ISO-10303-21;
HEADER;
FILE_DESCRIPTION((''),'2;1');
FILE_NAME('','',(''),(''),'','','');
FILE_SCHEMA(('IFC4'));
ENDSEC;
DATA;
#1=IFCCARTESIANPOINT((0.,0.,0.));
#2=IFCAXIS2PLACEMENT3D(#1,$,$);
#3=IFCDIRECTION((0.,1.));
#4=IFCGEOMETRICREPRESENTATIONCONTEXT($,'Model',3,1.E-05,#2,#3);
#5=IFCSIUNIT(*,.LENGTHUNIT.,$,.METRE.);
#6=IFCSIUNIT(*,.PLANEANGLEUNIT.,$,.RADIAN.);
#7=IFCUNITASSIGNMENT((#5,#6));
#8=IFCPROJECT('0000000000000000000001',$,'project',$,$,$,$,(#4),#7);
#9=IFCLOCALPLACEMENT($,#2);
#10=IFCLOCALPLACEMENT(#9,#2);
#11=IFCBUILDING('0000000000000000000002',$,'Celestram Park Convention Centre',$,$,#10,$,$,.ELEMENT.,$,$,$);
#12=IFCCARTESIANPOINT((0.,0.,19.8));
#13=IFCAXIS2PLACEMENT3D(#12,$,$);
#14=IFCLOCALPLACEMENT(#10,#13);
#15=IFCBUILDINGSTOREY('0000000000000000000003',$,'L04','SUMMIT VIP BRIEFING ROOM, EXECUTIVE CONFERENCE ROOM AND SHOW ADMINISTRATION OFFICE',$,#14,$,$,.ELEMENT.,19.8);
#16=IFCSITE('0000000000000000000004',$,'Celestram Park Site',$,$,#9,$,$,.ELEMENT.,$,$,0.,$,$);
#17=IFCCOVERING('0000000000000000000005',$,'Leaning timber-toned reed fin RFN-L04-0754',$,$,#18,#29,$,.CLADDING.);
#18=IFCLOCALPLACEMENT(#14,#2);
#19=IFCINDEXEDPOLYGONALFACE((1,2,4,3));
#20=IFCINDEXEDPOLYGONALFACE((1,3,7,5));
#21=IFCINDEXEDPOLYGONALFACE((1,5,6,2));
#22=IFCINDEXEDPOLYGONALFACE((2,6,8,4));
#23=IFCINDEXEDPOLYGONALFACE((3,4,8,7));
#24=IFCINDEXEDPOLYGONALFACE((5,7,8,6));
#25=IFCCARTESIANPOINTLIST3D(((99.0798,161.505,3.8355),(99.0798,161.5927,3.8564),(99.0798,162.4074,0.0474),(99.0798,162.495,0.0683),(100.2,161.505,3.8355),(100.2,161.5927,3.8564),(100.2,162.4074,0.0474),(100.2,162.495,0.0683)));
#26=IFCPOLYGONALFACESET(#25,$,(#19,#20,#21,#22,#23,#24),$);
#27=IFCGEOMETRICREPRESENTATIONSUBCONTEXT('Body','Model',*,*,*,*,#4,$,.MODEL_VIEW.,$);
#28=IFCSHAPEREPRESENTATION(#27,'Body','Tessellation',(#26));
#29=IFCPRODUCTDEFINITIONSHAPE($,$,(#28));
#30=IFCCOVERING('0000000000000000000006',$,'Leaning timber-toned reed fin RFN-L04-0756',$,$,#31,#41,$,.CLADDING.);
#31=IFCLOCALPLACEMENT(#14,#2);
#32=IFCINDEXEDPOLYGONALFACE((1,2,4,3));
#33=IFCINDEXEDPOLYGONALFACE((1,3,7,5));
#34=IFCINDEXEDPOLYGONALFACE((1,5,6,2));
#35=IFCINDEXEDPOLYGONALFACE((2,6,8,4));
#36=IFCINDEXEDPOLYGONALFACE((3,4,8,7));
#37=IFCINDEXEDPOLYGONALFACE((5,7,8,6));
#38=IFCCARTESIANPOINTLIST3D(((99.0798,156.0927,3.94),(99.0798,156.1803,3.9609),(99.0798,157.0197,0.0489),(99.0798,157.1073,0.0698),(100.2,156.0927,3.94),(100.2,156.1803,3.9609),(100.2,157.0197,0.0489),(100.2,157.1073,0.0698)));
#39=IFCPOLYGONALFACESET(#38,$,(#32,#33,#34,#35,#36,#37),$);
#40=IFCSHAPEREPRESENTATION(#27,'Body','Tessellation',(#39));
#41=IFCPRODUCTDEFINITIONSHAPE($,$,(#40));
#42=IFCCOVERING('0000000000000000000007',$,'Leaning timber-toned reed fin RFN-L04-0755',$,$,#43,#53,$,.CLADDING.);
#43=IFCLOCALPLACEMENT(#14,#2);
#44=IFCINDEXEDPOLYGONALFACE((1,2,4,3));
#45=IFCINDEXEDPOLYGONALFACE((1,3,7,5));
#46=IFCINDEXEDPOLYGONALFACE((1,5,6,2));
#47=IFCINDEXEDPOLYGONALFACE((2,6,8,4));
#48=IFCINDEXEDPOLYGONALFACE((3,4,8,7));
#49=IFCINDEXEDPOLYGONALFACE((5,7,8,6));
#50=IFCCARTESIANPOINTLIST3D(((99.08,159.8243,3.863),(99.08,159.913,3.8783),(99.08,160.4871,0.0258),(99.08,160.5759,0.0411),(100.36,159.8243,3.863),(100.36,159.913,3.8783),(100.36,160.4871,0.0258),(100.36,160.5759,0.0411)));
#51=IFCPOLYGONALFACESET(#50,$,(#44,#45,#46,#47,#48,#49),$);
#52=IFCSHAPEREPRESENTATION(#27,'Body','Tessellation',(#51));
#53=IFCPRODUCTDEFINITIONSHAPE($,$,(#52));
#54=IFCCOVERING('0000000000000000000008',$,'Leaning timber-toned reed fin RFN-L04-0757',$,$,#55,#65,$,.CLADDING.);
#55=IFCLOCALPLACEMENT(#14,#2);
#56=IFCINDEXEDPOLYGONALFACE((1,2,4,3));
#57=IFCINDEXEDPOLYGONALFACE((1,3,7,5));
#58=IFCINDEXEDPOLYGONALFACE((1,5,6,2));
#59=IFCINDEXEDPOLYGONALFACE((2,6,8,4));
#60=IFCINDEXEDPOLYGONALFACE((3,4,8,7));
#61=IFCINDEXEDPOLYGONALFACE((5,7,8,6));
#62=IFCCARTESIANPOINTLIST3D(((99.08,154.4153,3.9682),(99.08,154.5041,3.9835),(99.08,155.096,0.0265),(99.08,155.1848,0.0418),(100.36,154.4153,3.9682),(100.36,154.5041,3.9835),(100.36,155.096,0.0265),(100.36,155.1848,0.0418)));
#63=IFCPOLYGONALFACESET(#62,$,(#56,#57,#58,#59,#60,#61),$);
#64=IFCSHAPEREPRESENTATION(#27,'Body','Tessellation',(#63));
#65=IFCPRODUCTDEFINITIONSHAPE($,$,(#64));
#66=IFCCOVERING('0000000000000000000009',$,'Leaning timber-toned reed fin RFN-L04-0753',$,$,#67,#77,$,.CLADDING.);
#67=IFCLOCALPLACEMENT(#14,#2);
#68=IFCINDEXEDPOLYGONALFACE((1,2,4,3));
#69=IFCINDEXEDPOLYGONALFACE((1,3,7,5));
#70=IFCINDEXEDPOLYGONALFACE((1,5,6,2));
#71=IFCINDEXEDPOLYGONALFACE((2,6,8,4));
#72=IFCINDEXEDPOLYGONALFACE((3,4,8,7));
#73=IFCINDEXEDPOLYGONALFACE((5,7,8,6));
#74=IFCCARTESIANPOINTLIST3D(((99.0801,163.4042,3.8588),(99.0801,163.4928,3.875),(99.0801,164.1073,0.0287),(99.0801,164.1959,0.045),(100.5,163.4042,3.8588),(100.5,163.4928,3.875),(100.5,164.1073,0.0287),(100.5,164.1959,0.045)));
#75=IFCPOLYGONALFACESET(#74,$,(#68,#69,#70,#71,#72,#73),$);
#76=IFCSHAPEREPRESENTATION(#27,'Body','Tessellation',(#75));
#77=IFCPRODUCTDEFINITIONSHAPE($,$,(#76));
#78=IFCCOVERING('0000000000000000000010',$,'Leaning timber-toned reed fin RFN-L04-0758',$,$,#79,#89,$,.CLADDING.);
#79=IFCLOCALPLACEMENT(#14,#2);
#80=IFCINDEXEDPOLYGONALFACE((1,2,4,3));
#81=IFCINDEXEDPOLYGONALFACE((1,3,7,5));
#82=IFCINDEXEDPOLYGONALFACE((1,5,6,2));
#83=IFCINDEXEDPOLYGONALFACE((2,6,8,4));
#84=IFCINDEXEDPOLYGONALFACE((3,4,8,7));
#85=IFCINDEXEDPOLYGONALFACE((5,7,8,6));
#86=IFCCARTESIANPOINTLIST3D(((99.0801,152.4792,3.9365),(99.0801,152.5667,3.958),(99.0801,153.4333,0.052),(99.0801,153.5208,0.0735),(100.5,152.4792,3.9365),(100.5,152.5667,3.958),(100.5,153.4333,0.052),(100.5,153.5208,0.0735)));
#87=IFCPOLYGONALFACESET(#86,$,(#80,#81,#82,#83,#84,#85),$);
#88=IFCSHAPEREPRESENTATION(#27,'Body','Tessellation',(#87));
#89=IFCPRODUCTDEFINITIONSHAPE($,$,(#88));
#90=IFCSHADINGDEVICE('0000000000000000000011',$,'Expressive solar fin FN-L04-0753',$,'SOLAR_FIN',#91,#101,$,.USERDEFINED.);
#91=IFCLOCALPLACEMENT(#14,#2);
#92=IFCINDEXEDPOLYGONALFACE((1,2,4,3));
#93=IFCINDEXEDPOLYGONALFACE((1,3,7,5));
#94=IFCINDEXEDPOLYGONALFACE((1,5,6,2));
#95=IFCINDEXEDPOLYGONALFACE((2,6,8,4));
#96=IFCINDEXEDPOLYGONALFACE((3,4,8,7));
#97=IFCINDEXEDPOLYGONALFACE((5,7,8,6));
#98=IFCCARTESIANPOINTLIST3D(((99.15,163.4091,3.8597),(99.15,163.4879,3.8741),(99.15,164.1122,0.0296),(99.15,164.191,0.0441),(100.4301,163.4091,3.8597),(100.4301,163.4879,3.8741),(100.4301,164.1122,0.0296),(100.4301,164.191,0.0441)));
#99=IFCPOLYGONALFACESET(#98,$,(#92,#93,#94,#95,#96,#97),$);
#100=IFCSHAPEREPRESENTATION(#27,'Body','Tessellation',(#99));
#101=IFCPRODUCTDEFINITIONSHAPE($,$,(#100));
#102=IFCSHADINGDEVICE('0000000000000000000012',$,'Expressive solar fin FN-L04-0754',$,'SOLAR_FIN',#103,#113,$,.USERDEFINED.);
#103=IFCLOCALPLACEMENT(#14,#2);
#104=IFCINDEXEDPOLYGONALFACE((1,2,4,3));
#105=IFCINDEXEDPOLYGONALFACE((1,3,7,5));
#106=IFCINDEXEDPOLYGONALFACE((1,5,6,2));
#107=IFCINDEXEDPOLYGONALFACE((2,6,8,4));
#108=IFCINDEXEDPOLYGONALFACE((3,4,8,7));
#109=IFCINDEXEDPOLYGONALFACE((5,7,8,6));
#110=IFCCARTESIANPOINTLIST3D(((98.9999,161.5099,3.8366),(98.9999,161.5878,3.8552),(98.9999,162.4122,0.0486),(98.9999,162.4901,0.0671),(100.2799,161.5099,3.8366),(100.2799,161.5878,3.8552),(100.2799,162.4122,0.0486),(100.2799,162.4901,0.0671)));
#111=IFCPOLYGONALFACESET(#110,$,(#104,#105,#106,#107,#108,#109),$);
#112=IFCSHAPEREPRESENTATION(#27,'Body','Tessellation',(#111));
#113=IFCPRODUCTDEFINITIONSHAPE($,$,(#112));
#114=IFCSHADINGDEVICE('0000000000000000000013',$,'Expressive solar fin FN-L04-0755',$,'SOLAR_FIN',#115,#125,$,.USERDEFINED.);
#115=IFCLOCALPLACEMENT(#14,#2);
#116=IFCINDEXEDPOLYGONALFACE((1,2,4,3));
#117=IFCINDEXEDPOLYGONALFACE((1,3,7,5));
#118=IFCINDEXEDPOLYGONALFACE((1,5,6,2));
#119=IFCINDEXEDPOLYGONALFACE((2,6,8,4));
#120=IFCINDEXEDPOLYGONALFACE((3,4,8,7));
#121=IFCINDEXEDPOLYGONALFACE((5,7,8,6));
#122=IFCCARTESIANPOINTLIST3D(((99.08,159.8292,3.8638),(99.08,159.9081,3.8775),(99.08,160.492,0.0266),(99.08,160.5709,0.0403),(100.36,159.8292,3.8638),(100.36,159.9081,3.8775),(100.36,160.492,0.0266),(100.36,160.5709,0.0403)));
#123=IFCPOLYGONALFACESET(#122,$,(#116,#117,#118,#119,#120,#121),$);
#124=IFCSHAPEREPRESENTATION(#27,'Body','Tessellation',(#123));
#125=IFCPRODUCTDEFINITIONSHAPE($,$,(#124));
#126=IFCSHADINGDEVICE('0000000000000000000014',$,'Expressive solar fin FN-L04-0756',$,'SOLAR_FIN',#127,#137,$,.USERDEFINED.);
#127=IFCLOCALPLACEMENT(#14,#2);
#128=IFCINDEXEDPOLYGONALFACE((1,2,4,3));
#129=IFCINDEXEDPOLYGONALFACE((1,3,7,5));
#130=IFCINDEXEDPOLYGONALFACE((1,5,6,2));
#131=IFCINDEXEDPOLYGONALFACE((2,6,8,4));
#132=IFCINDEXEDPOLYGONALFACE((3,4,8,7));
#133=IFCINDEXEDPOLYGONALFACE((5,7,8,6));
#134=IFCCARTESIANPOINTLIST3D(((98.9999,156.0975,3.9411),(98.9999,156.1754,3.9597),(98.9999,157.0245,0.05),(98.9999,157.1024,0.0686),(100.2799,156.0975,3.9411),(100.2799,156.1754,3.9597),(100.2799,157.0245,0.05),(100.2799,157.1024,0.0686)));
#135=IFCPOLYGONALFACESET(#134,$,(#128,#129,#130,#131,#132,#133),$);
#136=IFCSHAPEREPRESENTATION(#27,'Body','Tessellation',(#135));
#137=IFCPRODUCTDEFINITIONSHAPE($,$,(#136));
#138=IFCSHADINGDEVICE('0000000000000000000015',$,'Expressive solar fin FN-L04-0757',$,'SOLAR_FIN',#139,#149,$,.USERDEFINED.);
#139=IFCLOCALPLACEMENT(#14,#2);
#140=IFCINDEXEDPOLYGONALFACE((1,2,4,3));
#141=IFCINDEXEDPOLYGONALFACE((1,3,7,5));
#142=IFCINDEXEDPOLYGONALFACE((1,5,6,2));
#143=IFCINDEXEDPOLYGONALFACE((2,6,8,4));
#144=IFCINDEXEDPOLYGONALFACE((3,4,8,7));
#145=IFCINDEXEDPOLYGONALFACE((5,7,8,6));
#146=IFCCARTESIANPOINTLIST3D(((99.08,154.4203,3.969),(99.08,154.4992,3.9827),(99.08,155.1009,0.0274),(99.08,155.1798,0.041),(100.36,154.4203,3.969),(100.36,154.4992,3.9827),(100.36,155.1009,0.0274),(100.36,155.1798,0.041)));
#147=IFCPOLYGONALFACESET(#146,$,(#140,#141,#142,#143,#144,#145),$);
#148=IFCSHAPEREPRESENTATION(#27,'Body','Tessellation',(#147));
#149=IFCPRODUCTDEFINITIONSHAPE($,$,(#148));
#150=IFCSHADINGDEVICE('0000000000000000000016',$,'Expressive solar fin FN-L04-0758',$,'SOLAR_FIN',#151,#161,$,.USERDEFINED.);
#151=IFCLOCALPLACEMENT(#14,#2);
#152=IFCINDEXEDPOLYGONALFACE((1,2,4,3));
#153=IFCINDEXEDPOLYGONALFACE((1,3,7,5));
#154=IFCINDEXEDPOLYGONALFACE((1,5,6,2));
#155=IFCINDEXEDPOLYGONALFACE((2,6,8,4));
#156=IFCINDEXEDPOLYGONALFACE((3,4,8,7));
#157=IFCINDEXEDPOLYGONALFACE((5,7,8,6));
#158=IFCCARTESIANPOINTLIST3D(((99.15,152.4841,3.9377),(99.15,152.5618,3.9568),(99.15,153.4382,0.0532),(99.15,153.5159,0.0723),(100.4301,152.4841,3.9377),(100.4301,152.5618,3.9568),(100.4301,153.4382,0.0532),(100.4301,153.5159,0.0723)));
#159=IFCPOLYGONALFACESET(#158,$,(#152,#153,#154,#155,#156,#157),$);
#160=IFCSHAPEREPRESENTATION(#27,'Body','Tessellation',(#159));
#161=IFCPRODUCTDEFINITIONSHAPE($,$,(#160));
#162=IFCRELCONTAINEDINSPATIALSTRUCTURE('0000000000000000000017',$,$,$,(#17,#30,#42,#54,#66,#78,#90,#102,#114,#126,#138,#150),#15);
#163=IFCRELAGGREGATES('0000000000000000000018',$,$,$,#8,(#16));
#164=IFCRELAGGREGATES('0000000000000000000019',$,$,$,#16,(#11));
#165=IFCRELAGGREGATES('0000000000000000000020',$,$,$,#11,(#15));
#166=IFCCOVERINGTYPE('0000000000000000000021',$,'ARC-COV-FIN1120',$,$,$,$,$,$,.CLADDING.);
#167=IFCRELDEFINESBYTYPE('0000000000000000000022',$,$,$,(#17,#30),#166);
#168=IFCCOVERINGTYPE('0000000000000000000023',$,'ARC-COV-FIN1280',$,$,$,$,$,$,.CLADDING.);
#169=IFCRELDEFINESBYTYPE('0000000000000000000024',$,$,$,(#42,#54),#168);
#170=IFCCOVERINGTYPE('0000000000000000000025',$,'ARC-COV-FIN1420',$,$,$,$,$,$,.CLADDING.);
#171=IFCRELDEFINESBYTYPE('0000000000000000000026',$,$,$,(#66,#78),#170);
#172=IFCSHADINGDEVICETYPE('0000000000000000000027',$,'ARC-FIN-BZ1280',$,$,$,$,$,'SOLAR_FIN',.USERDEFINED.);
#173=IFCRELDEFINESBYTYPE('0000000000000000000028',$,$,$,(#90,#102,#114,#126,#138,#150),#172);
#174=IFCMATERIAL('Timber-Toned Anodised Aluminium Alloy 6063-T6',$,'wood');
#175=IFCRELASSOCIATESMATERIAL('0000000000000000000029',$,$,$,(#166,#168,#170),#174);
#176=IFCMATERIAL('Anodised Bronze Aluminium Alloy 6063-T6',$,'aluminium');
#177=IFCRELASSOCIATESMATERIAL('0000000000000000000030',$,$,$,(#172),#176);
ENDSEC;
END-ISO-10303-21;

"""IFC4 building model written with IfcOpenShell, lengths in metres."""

from ifc_helpers import new_model, si_unit, direction, frame, origin, origin_2d, place, context, subcontext, project, spatial, rectangle, extrude, material, material_profile, profile_set, type_object, element, save


model = new_model("IFC4")

# Units and contexts
model_context = context("Model", 3, precision=1e-05, world=origin(), true_north=direction((0.0, 1.0)))
body_context = subcontext(model_context, "Body", "Model", "MODEL_VIEW")
ifc_project = project(units=[si_unit("LENGTHUNIT", "METRE"), si_unit("PLANEANGLEUNIT", "RADIAN")], contexts=[model_context])

# Site, building, storey
site_placement = place(None, origin())
site = spatial("IfcSite", under=ifc_project, at=site_placement, Name="Celestram Park Site", CompositionType="ELEMENT", RefElevation=0.0)
building_placement = place(site_placement, origin())
building = spatial("IfcBuilding", under=site, at=building_placement, Name="Celestram Park Convention Centre", CompositionType="ELEMENT")
storey_placement = place(building_placement, frame((0.0, 0.0, 19.8)))
storey = spatial("IfcBuildingStorey", under=building, at=storey_placement, Name="L04", Description="SUMMIT VIP BRIEFING ROOM, EXECUTIVE CONFERENCE ROOM AND SHOW ADMINISTRATION OFFICE", CompositionType="ELEMENT", Elevation=19.8)

# Coverings
ifc_material_1 = material(Name="Timber-Toned Anodised Aluminium Alloy 6063-T6", Category="wood")
ifc_material_profile_1 = material_profile(ifc_material_1, rectangle(XDim=1.1201, YDim=0.0901, at=origin_2d()), Name="REED1120X90")
ifc_profile_set_1 = profile_set([ifc_material_profile_1], Name="Timber-Toned Anodised Aluminium Alloy 6063-T6")
covering_type_1 = type_object("IfcCoveringType", Name="ARC-COV-FIN1120", PredefinedType="CLADDING", material=ifc_profile_set_1)
covering_1_placement = place(storey_placement, frame((99.6399, 162.4512, 0.0579), z_axis=(0.0, -0.231722, 0.972782), x_axis=(1.0, 0.0, 0.0)))
element("IfcCovering", 1, at=covering_1_placement, inside=storey, type_object=covering_type_1, Name="Leaning timber-toned reed fin RFN-L04-0754", PredefinedType="CLADDING", context=body_context, shape_type="SweptSolid", body=[
    extrude(rectangle(XDim=1.1201, YDim=0.0901, at=origin_2d()), origin(), (0.0, 0.0, 1.0), 3.894),
])
covering_2_placement = place(storey_placement, frame((99.6399, 157.0635, 0.0593), z_axis=(0.0, -0.23175, 0.972775), x_axis=(1.0, 0.0, 0.0)))
element("IfcCovering", 2, at=covering_2_placement, inside=storey, type_object=covering_type_1, Name="Leaning timber-toned reed fin RFN-L04-0756", PredefinedType="CLADDING", context=body_context, shape_type="SweptSolid", body=[
    extrude(rectangle(XDim=1.1201, YDim=0.0901, at=origin_2d()), origin(), (0.0, 0.0, 1.0), 4.0),
])
ifc_material_profile_2 = material_profile(ifc_material_1, rectangle(XDim=1.28, YDim=0.0901, at=origin_2d()), Name="REED1280X90")
ifc_profile_set_2 = profile_set([ifc_material_profile_2], Name="Timber-Toned Anodised Aluminium Alloy 6063-T6")
covering_type_2 = type_object("IfcCoveringType", Name="ARC-COV-FIN1280", PredefinedType="CLADDING", material=ifc_profile_set_2)
covering_3_placement = place(storey_placement, frame((99.72, 160.5315, 0.0334), z_axis=(0.0, -0.170222, 0.985406), x_axis=(1.0, 0.0, 0.0)))
element("IfcCovering", 3, at=covering_3_placement, inside=storey, type_object=covering_type_2, Name="Leaning timber-toned reed fin RFN-L04-0755", PredefinedType="CLADDING", context=body_context, shape_type="SweptSolid", body=[
    extrude(rectangle(XDim=1.28, YDim=0.0901, at=origin_2d()), origin(), (0.0, 0.0, 1.0), 3.894),
])
covering_4_placement = place(storey_placement, frame((99.72, 155.1404, 0.0342), z_axis=(0.0, -0.170166, 0.985415), x_axis=(1.0, 0.0, 0.0)))
element("IfcCovering", 4, at=covering_4_placement, inside=storey, type_object=covering_type_2, Name="Leaning timber-toned reed fin RFN-L04-0757", PredefinedType="CLADDING", context=body_context, shape_type="SweptSolid", body=[
    extrude(rectangle(XDim=1.28, YDim=0.0901, at=origin_2d()), origin(), (0.0, 0.0, 1.0), 4.0),
])
ifc_material_profile_3 = material_profile(ifc_material_1, rectangle(XDim=1.4199, YDim=0.0901, at=origin_2d()), Name="REED1420X90")
ifc_profile_set_3 = profile_set([ifc_material_profile_3], Name="Timber-Toned Anodised Aluminium Alloy 6063-T6")
covering_type_3 = type_object("IfcCoveringType", Name="ARC-COV-FIN1420", PredefinedType="CLADDING", material=ifc_profile_set_3)
covering_5_placement = place(storey_placement, frame((99.79, 164.1516, 0.0369), z_axis=(0.0, -0.180562, 0.983564), x_axis=(1.0, 0.0, 0.0)))
element("IfcCovering", 5, at=covering_5_placement, inside=storey, type_object=covering_type_3, Name="Leaning timber-toned reed fin RFN-L04-0753", PredefinedType="CLADDING", context=body_context, shape_type="SweptSolid", body=[
    extrude(rectangle(XDim=1.4199, YDim=0.0901, at=origin_2d()), origin(), (0.0, 0.0, 1.0), 3.894),
])
covering_6_placement = place(storey_placement, frame((99.79, 153.4771, 0.0627), z_axis=(0.0, -0.238527, 0.971136), x_axis=(1.0, 0.0, 0.0)))
element("IfcCovering", 6, at=covering_6_placement, inside=storey, type_object=covering_type_3, Name="Leaning timber-toned reed fin RFN-L04-0758", PredefinedType="CLADDING", context=body_context, shape_type="SweptSolid", body=[
    extrude(rectangle(XDim=1.4199, YDim=0.0901, at=origin_2d()), origin(), (0.0, 0.0, 1.0), 4.0),
])

# Shading devices
ifc_material_2 = material(Name="Anodised Bronze Aluminium Alloy 6063-T6", Category="aluminium")
ifc_material_profile_4 = material_profile(ifc_material_2, rectangle(XDim=1.28, YDim=0.0801, at=origin_2d()), Name="FIN1280X80")
ifc_profile_set_4 = profile_set([ifc_material_profile_4], Name="Anodised Bronze Aluminium Alloy 6063-T6")
shading_device_type = type_object("IfcShadingDeviceType", Name="ARC-FIN-BZ1280", ElementType="SOLAR_FIN", PredefinedType="USERDEFINED", material=ifc_profile_set_4)
for number, where, z_axis, x_axis, name in (
    (7, (99.79, 164.1516, 0.0369), (0.0, -0.180562, 0.983564), (1.0, 0.0, 0.0), "Expressive solar fin FN-L04-0753"),
    (8, (99.6399, 162.4512, 0.0579), (0.0, -0.231722, 0.972782), (1.0, 0.0, 0.0), "Expressive solar fin FN-L04-0754"),
    (9, (99.72, 160.5315, 0.0334), (0.0, -0.170222, 0.985406), (1.0, 0.0, 0.0), "Expressive solar fin FN-L04-0755"),
):
    element("IfcShadingDevice", number, at=place(storey_placement, frame(where, z_axis=z_axis, x_axis=x_axis)), inside=storey, type_object=shading_device_type, Name=name, ObjectType="SOLAR_FIN", PredefinedType="USERDEFINED", context=body_context, shape_type="SweptSolid", body=[
        extrude(rectangle(XDim=1.28, YDim=0.0801, at=origin_2d()), origin(), (0.0, 0.0, 1.0), 3.894),
    ])
for number, where, z_axis, x_axis, name in (
    (10, (99.6399, 157.0635, 0.0593), (0.0, -0.23175, 0.972775), (1.0, 0.0, 0.0), "Expressive solar fin FN-L04-0756"),
    (11, (99.72, 155.1404, 0.0342), (0.0, -0.170166, 0.985415), (1.0, 0.0, 0.0), "Expressive solar fin FN-L04-0757"),
    (12, (99.79, 153.4771, 0.0627), (0.0, -0.238527, 0.971136), (1.0, 0.0, 0.0), "Expressive solar fin FN-L04-0758"),
):
    element("IfcShadingDevice", number, at=place(storey_placement, frame(where, z_axis=z_axis, x_axis=x_axis)), inside=storey, type_object=shading_device_type, Name=name, ObjectType="SOLAR_FIN", PredefinedType="USERDEFINED", context=body_context, shape_type="SweptSolid", body=[
        extrude(rectangle(XDim=1.28, YDim=0.0801, at=origin_2d()), origin(), (0.0, 0.0, 1.0), 4.0),
    ])

save(model, "model.ifc")
